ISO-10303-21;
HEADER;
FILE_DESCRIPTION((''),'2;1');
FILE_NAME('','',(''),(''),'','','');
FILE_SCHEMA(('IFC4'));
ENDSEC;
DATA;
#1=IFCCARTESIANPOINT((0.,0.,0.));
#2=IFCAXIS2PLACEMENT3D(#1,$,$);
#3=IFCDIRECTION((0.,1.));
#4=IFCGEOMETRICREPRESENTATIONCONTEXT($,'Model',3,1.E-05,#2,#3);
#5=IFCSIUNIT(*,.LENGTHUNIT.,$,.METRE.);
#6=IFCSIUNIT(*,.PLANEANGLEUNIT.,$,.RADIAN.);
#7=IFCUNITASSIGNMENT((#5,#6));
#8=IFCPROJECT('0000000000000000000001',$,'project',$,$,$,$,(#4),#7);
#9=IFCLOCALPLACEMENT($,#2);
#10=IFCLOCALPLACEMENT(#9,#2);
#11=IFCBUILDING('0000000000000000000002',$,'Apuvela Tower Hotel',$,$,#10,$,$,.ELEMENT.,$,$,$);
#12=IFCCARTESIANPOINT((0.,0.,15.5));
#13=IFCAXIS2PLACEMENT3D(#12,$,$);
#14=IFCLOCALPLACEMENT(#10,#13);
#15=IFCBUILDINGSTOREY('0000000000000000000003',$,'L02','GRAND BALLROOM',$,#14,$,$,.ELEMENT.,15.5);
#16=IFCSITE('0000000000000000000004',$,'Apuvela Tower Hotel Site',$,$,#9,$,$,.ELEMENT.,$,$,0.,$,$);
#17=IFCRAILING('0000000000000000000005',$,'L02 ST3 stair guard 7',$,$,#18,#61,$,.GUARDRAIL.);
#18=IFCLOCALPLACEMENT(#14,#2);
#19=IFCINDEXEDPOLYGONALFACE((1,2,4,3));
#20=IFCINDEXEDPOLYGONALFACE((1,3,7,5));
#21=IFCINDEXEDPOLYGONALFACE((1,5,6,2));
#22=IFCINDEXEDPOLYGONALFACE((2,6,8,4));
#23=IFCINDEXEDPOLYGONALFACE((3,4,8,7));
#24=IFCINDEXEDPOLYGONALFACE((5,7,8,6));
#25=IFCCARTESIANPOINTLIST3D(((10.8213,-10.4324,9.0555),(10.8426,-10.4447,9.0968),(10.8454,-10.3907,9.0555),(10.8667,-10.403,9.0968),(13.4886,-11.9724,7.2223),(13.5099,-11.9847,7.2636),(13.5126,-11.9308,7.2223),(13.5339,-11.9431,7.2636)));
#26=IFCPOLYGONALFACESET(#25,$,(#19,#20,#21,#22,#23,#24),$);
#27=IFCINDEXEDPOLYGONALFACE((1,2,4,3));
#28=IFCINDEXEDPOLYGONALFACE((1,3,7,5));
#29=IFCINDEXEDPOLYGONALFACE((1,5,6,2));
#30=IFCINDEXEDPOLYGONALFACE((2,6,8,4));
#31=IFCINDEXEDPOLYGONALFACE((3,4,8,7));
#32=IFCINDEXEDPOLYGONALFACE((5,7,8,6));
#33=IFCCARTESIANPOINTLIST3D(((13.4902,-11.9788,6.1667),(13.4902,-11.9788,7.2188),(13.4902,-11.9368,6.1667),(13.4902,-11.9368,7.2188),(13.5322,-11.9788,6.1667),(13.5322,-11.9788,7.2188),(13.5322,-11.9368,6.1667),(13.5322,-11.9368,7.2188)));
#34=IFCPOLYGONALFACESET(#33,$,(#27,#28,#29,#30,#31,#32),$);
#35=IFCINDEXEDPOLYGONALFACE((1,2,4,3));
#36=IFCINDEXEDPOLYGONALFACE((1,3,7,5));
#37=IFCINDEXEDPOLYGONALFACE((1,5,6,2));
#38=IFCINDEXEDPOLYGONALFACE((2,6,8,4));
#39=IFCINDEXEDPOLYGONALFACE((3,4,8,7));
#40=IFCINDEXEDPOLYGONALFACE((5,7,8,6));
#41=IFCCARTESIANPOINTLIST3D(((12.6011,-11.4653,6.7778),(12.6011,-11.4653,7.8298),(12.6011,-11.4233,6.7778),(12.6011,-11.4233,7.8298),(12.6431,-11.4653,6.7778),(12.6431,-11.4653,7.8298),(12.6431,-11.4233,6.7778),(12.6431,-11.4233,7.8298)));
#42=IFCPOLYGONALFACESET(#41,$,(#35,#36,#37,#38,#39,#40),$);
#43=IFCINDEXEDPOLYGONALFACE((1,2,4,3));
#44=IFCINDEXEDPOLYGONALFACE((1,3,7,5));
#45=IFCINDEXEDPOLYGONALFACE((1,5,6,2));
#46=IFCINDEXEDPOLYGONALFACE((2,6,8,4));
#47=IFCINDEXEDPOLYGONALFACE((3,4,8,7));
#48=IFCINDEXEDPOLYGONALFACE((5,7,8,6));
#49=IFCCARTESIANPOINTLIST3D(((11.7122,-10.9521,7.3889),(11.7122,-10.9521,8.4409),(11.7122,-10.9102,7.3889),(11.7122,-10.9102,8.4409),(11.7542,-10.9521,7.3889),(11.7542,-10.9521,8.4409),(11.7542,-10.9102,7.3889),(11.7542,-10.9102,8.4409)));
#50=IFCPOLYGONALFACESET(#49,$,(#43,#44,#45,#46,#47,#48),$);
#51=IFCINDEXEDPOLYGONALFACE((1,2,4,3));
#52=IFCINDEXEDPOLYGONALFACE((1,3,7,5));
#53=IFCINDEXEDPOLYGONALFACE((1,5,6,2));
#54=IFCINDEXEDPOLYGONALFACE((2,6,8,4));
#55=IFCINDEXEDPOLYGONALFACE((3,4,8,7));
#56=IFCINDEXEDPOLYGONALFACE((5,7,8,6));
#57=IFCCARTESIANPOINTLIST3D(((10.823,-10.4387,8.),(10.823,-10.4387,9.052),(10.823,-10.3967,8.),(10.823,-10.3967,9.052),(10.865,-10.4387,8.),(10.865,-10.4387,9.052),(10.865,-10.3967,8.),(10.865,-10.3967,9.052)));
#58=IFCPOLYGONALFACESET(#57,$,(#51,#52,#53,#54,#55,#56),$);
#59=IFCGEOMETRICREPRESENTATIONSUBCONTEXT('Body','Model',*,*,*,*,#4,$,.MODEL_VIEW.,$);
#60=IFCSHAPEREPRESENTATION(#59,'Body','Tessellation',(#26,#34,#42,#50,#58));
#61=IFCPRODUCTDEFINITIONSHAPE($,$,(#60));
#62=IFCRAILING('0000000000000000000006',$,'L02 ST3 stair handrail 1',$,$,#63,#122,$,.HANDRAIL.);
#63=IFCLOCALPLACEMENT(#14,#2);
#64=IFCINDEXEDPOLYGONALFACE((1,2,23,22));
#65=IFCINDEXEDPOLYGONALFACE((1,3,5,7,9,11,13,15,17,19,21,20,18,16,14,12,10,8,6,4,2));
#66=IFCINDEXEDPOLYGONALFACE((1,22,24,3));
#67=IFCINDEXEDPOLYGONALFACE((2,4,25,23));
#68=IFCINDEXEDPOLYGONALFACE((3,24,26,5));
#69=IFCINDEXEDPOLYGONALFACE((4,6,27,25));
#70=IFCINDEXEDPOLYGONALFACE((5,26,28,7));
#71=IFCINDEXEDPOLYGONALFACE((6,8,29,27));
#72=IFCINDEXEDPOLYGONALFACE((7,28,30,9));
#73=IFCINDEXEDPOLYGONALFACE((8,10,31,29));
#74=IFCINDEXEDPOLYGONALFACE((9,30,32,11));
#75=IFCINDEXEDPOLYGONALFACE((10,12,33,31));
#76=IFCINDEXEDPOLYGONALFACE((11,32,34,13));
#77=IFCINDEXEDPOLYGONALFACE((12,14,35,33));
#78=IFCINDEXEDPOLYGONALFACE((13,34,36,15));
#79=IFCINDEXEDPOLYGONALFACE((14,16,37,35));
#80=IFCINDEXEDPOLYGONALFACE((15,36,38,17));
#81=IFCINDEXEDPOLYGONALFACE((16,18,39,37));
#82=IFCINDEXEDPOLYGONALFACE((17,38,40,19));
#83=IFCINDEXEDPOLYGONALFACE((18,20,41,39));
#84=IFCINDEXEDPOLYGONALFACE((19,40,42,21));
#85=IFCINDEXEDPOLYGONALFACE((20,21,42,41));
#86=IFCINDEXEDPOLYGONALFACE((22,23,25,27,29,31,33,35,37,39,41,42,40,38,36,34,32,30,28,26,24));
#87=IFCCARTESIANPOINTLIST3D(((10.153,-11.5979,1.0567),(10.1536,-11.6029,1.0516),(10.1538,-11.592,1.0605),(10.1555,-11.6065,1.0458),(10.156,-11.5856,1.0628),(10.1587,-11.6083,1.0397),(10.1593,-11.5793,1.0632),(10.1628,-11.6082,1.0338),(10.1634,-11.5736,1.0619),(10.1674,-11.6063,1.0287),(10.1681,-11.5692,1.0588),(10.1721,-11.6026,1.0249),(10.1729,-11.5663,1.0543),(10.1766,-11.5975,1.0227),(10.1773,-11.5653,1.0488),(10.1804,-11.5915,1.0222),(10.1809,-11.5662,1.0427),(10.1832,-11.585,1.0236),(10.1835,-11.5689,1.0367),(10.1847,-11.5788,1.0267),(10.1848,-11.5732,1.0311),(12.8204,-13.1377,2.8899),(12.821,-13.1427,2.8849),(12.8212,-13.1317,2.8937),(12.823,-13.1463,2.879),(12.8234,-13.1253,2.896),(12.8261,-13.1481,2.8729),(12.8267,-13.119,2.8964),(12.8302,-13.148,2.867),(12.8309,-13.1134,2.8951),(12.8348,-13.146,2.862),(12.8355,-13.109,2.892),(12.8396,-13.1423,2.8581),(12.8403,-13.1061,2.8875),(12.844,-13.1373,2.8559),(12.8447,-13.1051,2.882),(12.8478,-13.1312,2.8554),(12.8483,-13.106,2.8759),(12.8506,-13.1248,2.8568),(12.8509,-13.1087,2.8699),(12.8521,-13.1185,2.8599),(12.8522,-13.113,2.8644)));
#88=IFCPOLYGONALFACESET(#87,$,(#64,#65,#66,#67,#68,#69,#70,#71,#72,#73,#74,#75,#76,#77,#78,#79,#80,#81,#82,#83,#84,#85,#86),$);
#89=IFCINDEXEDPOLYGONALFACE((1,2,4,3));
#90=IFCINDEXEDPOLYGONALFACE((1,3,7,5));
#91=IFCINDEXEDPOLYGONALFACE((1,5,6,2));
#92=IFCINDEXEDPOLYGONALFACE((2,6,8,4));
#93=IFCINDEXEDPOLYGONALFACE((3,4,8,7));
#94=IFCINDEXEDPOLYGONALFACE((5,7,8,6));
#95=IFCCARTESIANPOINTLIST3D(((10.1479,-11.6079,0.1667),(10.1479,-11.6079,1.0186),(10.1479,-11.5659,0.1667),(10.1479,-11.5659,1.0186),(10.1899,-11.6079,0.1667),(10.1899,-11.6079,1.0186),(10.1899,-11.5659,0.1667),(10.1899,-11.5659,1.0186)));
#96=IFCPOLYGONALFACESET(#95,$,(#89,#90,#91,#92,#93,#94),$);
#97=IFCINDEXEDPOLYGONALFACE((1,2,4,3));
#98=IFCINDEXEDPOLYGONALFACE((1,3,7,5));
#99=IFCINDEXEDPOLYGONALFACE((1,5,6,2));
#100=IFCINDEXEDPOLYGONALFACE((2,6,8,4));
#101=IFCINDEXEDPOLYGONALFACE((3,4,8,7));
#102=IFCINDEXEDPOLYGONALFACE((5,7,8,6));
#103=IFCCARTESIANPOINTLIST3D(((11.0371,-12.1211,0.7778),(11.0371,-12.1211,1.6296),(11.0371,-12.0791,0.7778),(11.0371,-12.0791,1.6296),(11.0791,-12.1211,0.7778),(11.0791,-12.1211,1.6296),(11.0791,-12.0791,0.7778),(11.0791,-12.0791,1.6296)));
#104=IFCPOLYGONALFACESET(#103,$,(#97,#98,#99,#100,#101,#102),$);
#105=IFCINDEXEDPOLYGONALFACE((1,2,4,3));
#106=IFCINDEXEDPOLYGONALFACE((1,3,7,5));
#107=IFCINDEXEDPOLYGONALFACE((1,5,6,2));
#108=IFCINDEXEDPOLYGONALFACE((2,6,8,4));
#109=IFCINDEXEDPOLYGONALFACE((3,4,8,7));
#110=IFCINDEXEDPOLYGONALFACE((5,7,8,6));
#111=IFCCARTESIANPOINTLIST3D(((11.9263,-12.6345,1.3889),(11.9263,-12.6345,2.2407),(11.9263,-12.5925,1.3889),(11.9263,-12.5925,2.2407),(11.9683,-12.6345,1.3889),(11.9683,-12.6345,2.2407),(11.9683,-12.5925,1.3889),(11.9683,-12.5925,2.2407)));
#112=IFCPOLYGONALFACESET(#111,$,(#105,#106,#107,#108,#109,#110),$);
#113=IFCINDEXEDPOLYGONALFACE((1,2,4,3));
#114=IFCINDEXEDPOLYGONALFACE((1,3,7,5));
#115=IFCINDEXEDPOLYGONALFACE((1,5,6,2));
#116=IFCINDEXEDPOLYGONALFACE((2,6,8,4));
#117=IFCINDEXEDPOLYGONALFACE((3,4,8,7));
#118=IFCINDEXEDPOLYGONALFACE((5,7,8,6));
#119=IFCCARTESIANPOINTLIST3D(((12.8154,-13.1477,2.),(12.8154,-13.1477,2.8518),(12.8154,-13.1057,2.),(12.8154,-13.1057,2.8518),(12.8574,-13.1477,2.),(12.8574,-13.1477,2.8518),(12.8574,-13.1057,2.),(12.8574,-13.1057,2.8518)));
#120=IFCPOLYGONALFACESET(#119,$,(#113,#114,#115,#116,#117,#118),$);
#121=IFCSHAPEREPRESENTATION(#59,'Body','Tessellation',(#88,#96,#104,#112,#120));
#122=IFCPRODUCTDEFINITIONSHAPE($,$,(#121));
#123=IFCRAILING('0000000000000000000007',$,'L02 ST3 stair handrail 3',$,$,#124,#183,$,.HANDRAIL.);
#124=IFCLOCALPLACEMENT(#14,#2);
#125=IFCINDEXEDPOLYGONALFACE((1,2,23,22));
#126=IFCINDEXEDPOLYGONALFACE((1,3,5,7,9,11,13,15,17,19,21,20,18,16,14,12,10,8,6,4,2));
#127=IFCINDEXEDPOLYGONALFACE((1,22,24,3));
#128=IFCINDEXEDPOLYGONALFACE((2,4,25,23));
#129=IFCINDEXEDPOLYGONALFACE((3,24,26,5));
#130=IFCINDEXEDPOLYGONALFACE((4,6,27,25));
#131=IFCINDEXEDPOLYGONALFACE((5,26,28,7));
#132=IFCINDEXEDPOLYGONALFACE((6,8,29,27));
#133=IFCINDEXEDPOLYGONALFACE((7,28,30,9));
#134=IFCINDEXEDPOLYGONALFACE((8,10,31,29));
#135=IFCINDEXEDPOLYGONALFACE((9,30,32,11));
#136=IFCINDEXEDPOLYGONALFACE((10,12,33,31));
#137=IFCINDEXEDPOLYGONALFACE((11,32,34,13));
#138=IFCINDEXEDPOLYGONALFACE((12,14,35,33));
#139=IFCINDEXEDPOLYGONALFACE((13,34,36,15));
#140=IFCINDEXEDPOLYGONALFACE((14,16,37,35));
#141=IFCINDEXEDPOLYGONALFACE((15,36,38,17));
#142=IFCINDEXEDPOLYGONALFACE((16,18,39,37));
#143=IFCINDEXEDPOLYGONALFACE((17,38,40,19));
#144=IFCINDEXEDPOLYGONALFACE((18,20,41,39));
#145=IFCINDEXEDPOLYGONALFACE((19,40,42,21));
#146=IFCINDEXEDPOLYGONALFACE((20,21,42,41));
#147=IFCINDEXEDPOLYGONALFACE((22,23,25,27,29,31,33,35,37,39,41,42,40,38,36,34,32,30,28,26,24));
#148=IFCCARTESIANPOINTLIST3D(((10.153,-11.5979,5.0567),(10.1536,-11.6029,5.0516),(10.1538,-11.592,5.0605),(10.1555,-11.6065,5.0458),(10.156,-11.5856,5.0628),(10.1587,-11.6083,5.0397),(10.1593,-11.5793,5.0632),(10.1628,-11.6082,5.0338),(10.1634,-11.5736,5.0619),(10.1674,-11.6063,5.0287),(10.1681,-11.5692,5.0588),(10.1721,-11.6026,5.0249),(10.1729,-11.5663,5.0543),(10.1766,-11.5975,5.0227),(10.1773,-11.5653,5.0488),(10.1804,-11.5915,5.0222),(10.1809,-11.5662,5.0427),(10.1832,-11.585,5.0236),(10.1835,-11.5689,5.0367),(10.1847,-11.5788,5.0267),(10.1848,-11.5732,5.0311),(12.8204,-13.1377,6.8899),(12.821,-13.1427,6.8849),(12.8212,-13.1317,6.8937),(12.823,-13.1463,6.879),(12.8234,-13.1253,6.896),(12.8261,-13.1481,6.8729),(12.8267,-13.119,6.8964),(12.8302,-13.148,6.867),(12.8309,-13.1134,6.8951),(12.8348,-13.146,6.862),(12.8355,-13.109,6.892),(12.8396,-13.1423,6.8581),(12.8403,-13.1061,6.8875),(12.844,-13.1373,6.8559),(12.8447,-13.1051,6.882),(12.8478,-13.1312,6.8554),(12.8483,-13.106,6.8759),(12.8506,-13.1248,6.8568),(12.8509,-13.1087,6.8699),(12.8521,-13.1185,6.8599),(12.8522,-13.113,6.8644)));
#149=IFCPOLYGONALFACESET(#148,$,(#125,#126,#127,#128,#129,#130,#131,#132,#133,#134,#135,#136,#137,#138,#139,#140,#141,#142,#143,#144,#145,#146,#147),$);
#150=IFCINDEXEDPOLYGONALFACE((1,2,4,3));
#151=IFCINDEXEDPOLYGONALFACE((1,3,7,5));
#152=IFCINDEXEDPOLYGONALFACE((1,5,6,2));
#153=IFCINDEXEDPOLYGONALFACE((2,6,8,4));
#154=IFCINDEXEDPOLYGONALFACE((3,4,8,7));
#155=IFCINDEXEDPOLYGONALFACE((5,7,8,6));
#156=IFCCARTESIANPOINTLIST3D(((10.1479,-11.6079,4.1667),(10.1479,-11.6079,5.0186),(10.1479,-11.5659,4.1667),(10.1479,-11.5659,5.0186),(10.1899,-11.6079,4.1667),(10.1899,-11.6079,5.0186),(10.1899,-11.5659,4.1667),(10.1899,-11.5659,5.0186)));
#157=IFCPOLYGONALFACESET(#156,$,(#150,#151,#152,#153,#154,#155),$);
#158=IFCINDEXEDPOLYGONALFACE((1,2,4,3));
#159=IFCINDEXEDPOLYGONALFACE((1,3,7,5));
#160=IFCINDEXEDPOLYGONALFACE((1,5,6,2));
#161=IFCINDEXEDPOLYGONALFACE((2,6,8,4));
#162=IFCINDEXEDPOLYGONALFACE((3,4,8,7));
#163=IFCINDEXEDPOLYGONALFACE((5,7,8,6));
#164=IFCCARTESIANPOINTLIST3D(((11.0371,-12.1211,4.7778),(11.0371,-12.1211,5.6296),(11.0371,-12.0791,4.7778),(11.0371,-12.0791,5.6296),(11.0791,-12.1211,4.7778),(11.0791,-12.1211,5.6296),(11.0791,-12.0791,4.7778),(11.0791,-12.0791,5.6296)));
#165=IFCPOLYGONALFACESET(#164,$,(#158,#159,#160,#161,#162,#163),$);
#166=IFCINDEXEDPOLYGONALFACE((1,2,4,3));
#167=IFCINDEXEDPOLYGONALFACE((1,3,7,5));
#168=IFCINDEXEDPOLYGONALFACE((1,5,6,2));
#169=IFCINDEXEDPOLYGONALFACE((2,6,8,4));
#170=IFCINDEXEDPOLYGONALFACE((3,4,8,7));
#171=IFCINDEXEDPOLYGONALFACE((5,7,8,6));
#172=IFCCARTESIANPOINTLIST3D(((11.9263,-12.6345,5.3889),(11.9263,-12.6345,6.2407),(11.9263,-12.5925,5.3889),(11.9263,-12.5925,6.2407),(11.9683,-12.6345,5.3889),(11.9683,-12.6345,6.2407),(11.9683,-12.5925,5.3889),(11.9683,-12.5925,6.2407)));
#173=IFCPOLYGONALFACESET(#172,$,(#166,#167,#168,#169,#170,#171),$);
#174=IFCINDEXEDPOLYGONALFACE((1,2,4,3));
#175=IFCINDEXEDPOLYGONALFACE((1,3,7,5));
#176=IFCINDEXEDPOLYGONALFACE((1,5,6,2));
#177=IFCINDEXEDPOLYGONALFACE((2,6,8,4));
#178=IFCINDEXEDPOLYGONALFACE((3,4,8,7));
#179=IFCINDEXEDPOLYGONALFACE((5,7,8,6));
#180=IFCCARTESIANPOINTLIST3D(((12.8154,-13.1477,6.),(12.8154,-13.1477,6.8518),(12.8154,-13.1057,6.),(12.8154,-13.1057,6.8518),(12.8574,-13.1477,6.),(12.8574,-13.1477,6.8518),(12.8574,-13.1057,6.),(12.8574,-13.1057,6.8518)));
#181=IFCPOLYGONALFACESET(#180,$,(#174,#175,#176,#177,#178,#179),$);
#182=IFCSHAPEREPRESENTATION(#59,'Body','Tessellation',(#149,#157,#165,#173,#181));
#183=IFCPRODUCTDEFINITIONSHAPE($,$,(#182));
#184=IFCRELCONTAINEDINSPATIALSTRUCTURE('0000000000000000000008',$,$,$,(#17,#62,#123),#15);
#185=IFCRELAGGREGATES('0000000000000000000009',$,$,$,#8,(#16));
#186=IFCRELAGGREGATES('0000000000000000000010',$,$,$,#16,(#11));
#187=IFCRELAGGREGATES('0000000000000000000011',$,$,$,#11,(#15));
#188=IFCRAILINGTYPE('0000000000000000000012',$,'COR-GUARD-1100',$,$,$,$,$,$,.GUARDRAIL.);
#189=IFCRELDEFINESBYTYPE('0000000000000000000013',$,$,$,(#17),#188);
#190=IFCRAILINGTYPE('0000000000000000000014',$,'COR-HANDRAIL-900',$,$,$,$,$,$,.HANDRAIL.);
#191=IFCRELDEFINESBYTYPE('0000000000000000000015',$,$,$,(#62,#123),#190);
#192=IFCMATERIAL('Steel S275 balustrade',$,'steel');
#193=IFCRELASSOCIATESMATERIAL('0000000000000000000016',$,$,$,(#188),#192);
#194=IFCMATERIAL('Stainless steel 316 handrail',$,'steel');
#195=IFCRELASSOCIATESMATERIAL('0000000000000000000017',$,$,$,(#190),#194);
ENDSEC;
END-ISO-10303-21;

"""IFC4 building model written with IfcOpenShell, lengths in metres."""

from ifc_helpers import new_model, si_unit, direction, frame, origin, origin_2d, place, context, subcontext, project, spatial, rectangle, circle, extrude, material, type_object, element, save


model = new_model("IFC4")

# Units and contexts
model_context = context("Model", 3, precision=1e-05, world=origin(), true_north=direction((0.0, 1.0)))
body_context = subcontext(model_context, "Body", "Model", "MODEL_VIEW")
ifc_project = project(units=[si_unit("LENGTHUNIT", "METRE"), si_unit("PLANEANGLEUNIT", "RADIAN")], contexts=[model_context])

# Site, building, storey
site_placement = place(None, origin())
site = spatial("IfcSite", under=ifc_project, at=site_placement, Name="Apuvela Tower Hotel Site", CompositionType="ELEMENT", RefElevation=0.0)
building_placement = place(site_placement, origin())
building = spatial("IfcBuilding", under=site, at=building_placement, Name="Apuvela Tower Hotel", CompositionType="ELEMENT")
storey_placement = place(building_placement, frame((0.0, 0.0, 15.5)))
storey = spatial("IfcBuildingStorey", under=building, at=storey_placement, Name="L02", Description="GRAND BALLROOM", CompositionType="ELEMENT", Elevation=15.5)

# Railings
ifc_material_1 = material(Name="Steel S275 balustrade", Category="steel")
railing_type_1 = type_object("IfcRailingType", Name="COR-GUARD-1100", PredefinedType="GUARDRAIL", material=ifc_material_1)
railing_1_placement = place(storey_placement, frame((13.5112, -11.9578, 6.1667)))
element("IfcRailing", 1, at=railing_1_placement, inside=storey, type_object=railing_type_1, Name="L02 ST3 stair guard 7", PredefinedType="GUARDRAIL", context=body_context, shape_type="SweptSolid", body=[
    extrude(rectangle(XDim=0.0481, YDim=0.0481, at=origin_2d()), frame((0.0, 0.0, 1.0762), z_axis=(-0.744159, 0.429671, 0.511478), x_axis=(-0.500027, -0.86601, 0.0)), (0.0, 0.0, 1.0), 3.5842),
    extrude(rectangle(XDim=0.042, YDim=0.042, at=origin_2d()), origin(), (0.0, 0.0, 1.0), 1.052),
    extrude(rectangle(XDim=0.042, YDim=0.042, at=origin_2d()), frame((-0.8892, 0.5134, 0.6111)), (0.0, 0.0, 1.0), 1.052),
    extrude(rectangle(XDim=0.042, YDim=0.042, at=origin_2d()), frame((-1.7781, 1.0266, 1.2222)), (0.0, 0.0, 1.0), 1.052),
    extrude(rectangle(XDim=0.042, YDim=0.042, at=origin_2d()), frame((-2.6672, 1.54, 1.8333)), (0.0, 0.0, 1.0), 1.052),
])
ifc_material_2 = material(Name="Stainless steel 316 handrail", Category="steel")
railing_type_2 = type_object("IfcRailingType", Name="COR-HANDRAIL-900", PredefinedType="HANDRAIL", material=ifc_material_2)
for number, where, name in (
    (2, (10.1689, -11.5869, 0.1667), "L02 ST3 stair handrail 1"),
    (3, (10.1689, -11.5869, 4.1667), "L02 ST3 stair handrail 3"),
):
    element("IfcRailing", number, at=place(storey_placement, frame(where)), inside=storey, type_object=railing_type_2, Name=name, PredefinedType="HANDRAIL", context=body_context, shape_type="SweptSolid", body=[
        extrude(circle(Radius=0.0239, at=origin_2d()), frame((0.0, 0.0, 0.876), z_axis=(0.744212, -0.429594, 0.511467), x_axis=(0.499933, 0.866064, 0.0)), (0.0, 0.0, 1.0), 3.5842),
        extrude(rectangle(XDim=0.042, YDim=0.042, at=origin_2d()), origin(), (0.0, 0.0, 1.0), 0.8518),
        extrude(rectangle(XDim=0.042, YDim=0.042, at=origin_2d()), frame((0.8892, -0.5132, 0.6111)), (0.0, 0.0, 1.0), 0.8518),
        extrude(rectangle(XDim=0.042, YDim=0.042, at=origin_2d()), frame((1.7783, -1.0266, 1.2222)), (0.0, 0.0, 1.0), 0.8518),
        extrude(rectangle(XDim=0.042, YDim=0.042, at=origin_2d()), frame((2.6675, -1.5398, 1.8333)), (0.0, 0.0, 1.0), 0.8518),
    ])

save(model, "model.ifc")
